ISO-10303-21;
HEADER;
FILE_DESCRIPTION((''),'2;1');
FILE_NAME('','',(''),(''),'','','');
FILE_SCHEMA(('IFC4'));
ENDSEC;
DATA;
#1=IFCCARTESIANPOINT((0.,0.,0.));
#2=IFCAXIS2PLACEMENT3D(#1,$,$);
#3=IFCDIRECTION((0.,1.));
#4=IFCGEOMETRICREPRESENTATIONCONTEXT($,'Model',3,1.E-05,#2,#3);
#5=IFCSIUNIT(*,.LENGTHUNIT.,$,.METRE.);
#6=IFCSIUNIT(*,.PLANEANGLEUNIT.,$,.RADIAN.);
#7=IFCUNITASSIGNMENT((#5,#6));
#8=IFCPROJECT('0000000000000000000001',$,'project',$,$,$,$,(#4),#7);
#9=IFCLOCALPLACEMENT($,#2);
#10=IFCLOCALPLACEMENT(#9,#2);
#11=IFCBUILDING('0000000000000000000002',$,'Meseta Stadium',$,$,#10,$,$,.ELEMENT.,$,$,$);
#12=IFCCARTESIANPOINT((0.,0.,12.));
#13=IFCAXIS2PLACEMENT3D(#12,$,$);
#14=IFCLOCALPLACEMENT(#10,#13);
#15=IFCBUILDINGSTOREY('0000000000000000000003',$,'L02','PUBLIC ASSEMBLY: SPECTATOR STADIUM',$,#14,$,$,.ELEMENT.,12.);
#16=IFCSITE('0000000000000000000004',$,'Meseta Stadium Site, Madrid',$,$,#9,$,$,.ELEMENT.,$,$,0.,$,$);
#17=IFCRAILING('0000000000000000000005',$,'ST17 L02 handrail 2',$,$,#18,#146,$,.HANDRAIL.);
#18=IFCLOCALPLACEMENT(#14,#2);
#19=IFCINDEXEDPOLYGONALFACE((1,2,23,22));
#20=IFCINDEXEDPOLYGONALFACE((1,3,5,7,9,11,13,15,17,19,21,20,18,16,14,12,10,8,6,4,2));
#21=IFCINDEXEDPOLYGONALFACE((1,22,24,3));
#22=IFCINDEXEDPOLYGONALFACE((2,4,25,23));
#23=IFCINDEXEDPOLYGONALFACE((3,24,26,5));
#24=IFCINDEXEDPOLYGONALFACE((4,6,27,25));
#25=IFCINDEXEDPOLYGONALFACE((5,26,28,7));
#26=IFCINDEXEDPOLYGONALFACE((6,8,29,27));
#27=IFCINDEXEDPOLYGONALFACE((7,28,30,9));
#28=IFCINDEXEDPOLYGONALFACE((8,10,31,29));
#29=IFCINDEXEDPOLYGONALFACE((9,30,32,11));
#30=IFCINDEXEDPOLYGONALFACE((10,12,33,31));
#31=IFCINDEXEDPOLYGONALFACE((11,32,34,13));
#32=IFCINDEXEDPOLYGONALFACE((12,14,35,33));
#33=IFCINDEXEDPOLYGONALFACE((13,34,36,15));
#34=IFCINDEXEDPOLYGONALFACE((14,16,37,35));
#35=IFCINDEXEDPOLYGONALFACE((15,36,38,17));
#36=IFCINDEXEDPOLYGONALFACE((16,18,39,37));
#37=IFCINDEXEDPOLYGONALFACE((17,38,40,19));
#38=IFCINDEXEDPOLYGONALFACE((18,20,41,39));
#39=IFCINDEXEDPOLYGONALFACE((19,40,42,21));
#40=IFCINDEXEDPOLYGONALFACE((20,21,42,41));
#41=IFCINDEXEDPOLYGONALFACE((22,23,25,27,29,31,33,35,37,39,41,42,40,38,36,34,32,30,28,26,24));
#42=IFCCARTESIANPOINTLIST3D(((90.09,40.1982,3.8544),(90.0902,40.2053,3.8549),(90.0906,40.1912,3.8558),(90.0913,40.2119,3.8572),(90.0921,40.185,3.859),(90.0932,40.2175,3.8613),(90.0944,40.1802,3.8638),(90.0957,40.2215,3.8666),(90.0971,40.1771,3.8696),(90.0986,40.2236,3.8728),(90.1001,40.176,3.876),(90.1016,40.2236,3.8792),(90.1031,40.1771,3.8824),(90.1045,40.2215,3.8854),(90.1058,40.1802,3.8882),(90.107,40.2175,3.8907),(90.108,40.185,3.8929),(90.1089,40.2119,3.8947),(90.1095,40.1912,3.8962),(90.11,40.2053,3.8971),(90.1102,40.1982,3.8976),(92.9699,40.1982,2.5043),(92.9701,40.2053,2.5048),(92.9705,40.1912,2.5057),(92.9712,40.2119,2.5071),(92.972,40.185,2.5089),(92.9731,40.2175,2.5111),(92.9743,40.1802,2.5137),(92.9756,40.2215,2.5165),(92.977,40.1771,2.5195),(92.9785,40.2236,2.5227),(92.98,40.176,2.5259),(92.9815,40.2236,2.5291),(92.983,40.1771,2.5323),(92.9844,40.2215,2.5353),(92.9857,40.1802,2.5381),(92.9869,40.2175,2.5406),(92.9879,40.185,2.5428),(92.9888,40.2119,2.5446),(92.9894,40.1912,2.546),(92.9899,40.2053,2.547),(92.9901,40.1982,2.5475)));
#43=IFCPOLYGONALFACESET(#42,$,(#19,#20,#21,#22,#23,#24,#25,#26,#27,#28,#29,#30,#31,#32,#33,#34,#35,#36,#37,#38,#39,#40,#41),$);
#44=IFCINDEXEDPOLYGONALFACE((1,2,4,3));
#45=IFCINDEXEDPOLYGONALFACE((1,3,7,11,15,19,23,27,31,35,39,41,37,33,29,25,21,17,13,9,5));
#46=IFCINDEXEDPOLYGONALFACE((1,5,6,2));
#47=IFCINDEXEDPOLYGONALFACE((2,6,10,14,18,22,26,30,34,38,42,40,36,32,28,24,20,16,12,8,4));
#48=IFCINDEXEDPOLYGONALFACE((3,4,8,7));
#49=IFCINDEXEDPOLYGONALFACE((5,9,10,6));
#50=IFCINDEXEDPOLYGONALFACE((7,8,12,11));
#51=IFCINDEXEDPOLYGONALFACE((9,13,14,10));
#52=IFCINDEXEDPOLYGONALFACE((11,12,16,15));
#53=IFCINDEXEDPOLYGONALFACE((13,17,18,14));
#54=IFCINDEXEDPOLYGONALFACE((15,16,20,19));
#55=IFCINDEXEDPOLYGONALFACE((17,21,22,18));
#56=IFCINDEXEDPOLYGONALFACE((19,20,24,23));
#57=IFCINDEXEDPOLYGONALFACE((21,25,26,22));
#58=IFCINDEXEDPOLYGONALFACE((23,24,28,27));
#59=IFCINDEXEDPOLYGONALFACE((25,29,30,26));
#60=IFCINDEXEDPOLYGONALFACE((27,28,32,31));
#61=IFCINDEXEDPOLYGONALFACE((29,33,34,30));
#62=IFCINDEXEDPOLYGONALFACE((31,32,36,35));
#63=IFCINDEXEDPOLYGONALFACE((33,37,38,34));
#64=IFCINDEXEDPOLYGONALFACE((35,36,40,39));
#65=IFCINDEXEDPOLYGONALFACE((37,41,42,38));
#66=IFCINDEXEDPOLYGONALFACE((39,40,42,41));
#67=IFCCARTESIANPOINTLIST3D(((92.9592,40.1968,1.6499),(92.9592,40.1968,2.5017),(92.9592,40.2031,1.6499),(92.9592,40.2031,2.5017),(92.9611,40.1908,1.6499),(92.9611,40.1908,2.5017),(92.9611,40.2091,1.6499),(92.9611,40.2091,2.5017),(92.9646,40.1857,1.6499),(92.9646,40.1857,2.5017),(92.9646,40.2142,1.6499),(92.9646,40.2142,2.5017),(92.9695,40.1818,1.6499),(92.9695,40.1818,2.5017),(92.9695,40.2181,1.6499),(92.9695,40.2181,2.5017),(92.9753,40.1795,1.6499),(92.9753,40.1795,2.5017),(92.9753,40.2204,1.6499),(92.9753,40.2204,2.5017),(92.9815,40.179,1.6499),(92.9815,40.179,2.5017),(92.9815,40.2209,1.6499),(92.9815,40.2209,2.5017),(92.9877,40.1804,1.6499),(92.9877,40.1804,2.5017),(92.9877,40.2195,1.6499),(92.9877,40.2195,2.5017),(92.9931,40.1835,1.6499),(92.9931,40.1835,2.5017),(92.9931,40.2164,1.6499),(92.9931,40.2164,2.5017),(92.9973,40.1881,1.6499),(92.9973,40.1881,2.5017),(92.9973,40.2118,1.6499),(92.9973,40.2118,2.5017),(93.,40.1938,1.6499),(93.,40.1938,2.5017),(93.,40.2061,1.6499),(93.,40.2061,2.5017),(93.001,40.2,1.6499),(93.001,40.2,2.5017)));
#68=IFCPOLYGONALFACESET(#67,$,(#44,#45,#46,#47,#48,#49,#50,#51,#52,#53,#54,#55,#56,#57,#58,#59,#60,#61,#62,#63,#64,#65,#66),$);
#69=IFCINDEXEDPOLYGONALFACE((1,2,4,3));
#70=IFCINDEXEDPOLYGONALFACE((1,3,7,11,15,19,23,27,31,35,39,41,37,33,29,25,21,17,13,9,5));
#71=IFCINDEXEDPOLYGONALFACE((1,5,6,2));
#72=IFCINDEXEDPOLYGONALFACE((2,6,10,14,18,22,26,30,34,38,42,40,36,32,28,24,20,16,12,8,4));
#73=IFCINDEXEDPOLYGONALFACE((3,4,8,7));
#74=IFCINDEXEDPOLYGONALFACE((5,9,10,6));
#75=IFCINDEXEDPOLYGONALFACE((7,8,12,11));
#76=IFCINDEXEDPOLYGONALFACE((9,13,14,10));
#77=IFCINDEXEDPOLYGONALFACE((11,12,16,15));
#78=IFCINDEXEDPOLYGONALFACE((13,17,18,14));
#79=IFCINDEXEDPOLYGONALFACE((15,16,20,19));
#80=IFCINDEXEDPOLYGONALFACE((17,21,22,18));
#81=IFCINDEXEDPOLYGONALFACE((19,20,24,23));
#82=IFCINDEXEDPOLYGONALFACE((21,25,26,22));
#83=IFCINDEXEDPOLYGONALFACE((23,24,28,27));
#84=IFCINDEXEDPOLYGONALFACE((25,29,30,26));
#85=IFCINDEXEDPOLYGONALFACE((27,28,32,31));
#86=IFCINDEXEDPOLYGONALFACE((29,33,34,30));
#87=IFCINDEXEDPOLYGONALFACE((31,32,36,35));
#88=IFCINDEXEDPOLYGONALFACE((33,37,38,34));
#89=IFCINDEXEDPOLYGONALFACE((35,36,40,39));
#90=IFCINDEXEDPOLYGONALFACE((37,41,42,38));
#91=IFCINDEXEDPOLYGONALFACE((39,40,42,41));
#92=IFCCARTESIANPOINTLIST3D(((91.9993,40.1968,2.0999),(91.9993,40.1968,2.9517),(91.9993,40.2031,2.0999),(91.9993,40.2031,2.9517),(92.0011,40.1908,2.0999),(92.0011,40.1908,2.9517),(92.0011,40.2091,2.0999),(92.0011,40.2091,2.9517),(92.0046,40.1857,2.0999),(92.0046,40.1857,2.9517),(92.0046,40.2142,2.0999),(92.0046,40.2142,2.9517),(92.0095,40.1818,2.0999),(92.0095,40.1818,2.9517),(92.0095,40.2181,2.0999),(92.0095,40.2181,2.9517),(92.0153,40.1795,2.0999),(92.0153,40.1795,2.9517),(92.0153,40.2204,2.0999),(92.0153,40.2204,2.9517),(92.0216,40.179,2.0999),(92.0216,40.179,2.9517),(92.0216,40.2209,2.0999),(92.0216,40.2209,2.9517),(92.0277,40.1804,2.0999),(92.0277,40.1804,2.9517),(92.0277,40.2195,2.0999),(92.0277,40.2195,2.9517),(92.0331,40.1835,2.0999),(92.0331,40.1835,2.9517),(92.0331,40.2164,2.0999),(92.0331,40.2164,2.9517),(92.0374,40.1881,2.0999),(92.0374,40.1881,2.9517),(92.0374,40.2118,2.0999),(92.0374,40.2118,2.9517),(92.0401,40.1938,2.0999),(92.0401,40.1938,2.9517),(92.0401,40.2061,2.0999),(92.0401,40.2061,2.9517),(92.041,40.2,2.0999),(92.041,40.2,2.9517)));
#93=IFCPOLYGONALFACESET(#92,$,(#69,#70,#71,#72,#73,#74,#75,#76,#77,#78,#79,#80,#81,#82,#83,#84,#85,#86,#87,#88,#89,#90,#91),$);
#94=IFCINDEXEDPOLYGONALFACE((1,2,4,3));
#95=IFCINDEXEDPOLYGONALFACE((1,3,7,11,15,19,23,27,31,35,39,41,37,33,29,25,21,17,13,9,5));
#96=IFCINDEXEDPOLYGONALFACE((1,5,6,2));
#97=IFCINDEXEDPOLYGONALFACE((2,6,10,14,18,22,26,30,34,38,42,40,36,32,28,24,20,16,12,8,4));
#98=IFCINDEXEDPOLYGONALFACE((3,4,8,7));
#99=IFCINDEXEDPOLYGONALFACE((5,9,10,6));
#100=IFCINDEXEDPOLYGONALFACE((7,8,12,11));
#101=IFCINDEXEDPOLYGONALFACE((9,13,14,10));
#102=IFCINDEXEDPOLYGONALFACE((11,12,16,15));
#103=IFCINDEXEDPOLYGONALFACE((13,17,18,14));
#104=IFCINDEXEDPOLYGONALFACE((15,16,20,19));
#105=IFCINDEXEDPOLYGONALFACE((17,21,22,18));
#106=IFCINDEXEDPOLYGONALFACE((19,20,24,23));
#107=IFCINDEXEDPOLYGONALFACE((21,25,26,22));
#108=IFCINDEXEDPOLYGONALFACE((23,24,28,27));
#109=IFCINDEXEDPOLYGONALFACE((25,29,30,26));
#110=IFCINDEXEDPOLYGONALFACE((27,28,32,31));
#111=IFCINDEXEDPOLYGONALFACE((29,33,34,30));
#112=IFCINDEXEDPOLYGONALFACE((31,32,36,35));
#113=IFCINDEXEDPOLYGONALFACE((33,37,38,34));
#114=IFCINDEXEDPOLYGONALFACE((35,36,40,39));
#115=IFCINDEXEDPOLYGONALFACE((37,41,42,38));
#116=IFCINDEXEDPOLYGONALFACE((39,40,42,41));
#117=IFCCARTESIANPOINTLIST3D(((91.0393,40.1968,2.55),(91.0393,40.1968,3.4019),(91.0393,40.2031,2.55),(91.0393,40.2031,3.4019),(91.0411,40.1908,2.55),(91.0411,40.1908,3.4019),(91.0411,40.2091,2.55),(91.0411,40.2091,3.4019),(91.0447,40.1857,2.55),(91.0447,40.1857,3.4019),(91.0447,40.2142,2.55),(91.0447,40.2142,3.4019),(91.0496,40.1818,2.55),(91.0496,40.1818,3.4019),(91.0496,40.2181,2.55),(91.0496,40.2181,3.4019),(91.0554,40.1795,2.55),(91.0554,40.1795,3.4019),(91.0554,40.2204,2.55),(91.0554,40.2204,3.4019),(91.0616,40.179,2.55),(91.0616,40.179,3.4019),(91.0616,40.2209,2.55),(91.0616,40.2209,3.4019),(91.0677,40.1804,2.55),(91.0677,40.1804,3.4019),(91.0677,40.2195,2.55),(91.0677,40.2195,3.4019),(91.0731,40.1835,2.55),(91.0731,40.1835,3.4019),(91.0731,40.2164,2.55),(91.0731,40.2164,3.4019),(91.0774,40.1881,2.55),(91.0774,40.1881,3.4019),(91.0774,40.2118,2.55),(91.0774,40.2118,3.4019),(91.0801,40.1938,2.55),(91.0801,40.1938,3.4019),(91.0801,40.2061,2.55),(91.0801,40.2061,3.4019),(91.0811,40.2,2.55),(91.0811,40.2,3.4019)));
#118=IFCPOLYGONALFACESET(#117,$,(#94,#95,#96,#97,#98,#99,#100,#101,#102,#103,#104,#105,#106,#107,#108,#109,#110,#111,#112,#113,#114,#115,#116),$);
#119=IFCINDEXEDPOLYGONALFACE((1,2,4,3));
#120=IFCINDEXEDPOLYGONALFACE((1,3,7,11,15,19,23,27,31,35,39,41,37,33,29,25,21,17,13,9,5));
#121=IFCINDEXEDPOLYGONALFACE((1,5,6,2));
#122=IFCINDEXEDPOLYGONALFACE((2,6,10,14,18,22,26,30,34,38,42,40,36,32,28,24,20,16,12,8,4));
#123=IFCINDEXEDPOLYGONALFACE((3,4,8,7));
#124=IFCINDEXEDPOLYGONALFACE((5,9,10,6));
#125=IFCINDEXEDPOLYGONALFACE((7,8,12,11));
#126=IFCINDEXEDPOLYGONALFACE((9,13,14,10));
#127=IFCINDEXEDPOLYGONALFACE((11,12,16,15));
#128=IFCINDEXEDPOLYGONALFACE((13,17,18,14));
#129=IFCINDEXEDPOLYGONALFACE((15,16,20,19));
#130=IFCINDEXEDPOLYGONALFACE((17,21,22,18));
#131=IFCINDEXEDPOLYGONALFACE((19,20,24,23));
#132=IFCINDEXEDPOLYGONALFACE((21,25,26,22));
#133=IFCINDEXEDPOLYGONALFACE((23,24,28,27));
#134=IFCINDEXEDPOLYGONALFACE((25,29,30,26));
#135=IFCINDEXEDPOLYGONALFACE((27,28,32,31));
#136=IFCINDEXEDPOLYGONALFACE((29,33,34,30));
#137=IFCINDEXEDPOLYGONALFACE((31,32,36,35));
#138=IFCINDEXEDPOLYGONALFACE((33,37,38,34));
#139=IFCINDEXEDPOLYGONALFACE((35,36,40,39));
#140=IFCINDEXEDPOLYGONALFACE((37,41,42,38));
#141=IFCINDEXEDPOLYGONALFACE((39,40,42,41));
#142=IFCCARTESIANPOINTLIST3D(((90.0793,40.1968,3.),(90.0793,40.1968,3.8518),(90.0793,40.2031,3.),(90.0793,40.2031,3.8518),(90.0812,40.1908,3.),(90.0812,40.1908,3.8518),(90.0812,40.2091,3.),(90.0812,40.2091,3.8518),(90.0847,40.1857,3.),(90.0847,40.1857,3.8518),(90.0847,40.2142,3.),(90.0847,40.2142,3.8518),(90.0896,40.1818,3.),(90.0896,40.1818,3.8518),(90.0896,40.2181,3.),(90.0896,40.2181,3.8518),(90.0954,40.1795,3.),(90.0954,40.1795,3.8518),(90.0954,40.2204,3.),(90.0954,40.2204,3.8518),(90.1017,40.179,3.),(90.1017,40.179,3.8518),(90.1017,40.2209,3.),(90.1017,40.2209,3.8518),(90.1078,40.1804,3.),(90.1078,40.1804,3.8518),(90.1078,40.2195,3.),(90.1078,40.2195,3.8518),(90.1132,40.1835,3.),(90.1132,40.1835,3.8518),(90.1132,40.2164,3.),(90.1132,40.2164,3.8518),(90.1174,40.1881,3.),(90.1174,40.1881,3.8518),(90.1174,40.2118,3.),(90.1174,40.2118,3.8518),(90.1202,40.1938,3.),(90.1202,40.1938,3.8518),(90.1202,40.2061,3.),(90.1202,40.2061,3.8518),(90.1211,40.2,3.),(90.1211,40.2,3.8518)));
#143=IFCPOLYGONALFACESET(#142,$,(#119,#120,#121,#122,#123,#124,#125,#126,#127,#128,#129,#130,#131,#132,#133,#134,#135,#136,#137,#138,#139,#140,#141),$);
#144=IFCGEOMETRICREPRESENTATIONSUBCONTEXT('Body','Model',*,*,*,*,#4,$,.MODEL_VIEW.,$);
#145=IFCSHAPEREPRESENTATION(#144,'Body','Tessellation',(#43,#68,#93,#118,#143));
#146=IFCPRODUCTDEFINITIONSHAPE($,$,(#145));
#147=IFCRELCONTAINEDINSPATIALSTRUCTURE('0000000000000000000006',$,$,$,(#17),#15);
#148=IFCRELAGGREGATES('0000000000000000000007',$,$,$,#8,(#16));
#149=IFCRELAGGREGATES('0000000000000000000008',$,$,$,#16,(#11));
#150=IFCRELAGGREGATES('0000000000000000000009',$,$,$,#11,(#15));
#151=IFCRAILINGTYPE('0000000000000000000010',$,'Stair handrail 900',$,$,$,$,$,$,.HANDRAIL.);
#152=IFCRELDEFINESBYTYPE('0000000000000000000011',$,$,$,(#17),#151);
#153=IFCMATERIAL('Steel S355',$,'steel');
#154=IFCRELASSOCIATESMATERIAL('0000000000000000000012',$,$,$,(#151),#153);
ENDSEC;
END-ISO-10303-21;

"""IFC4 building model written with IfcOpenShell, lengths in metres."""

from ifc_helpers import new_model, si_unit, direction, frame, origin, origin_2d, place, context, subcontext, project, spatial, circle, extrude, material, type_object, element, save


model = new_model("IFC4")

# Units and contexts
model_context = context("Model", 3, precision=1e-05, world=origin(), true_north=direction((0.0, 1.0)))
body_context = subcontext(model_context, "Body", "Model", "MODEL_VIEW")
ifc_project = project(units=[si_unit("LENGTHUNIT", "METRE"), si_unit("PLANEANGLEUNIT", "RADIAN")], contexts=[model_context])

# Site, building, storey
site_placement = place(None, origin())
site = spatial("IfcSite", under=ifc_project, at=site_placement, Name="Meseta Stadium Site, Madrid", CompositionType="ELEMENT", RefElevation=0.0)
building_placement = place(site_placement, origin())
building = spatial("IfcBuilding", under=site, at=building_placement, Name="Meseta Stadium", CompositionType="ELEMENT")
storey_placement = place(building_placement, frame((0.0, 0.0, 12.0)))
storey = spatial("IfcBuildingStorey", under=building, at=storey_placement, Name="L02", Description="PUBLIC ASSEMBLY: SPECTATOR STADIUM", CompositionType="ELEMENT", Elevation=12.0)

# Railing
ifc_material_1 = material(Name="Steel S355", Category="steel")
railing_type_1 = type_object("IfcRailingType", Name="Stair handrail 900", PredefinedType="HANDRAIL", material=ifc_material_1)
railing_1_placement = place(storey_placement, frame((92.98, 40.2, 1.6499)))
element("IfcRailing", 1, at=railing_1_placement, inside=storey, type_object=railing_type_1, Name="ST17 L02 handrail 2", PredefinedType="HANDRAIL", context=body_context, shape_type="SweptSolid", body=[
    extrude(circle(Radius=0.0239, at=origin_2d()), frame((0.0, 0.0, 0.876), z_axis=(-0.90544, 0.0, 0.424473), x_axis=(0.0, -1.0, 0.0)), (0.0, 0.0, 1.0), 3.1807),
    extrude(circle(Radius=0.021, at=origin_2d()), origin(), (0.0, 0.0, 1.0), 0.8518),
    extrude(circle(Radius=0.021, at=origin_2d()), frame((-0.96, 0.0, 0.45)), (0.0, 0.0, 1.0), 0.8518),
    extrude(circle(Radius=0.021, at=origin_2d()), frame((-1.9199, 0.0, 0.9001)), (0.0, 0.0, 1.0), 0.8518),
    extrude(circle(Radius=0.021, at=origin_2d()), frame((-2.8799, 0.0, 1.3501)), (0.0, 0.0, 1.0), 0.8518),
])

save(model, "model.ifc")
